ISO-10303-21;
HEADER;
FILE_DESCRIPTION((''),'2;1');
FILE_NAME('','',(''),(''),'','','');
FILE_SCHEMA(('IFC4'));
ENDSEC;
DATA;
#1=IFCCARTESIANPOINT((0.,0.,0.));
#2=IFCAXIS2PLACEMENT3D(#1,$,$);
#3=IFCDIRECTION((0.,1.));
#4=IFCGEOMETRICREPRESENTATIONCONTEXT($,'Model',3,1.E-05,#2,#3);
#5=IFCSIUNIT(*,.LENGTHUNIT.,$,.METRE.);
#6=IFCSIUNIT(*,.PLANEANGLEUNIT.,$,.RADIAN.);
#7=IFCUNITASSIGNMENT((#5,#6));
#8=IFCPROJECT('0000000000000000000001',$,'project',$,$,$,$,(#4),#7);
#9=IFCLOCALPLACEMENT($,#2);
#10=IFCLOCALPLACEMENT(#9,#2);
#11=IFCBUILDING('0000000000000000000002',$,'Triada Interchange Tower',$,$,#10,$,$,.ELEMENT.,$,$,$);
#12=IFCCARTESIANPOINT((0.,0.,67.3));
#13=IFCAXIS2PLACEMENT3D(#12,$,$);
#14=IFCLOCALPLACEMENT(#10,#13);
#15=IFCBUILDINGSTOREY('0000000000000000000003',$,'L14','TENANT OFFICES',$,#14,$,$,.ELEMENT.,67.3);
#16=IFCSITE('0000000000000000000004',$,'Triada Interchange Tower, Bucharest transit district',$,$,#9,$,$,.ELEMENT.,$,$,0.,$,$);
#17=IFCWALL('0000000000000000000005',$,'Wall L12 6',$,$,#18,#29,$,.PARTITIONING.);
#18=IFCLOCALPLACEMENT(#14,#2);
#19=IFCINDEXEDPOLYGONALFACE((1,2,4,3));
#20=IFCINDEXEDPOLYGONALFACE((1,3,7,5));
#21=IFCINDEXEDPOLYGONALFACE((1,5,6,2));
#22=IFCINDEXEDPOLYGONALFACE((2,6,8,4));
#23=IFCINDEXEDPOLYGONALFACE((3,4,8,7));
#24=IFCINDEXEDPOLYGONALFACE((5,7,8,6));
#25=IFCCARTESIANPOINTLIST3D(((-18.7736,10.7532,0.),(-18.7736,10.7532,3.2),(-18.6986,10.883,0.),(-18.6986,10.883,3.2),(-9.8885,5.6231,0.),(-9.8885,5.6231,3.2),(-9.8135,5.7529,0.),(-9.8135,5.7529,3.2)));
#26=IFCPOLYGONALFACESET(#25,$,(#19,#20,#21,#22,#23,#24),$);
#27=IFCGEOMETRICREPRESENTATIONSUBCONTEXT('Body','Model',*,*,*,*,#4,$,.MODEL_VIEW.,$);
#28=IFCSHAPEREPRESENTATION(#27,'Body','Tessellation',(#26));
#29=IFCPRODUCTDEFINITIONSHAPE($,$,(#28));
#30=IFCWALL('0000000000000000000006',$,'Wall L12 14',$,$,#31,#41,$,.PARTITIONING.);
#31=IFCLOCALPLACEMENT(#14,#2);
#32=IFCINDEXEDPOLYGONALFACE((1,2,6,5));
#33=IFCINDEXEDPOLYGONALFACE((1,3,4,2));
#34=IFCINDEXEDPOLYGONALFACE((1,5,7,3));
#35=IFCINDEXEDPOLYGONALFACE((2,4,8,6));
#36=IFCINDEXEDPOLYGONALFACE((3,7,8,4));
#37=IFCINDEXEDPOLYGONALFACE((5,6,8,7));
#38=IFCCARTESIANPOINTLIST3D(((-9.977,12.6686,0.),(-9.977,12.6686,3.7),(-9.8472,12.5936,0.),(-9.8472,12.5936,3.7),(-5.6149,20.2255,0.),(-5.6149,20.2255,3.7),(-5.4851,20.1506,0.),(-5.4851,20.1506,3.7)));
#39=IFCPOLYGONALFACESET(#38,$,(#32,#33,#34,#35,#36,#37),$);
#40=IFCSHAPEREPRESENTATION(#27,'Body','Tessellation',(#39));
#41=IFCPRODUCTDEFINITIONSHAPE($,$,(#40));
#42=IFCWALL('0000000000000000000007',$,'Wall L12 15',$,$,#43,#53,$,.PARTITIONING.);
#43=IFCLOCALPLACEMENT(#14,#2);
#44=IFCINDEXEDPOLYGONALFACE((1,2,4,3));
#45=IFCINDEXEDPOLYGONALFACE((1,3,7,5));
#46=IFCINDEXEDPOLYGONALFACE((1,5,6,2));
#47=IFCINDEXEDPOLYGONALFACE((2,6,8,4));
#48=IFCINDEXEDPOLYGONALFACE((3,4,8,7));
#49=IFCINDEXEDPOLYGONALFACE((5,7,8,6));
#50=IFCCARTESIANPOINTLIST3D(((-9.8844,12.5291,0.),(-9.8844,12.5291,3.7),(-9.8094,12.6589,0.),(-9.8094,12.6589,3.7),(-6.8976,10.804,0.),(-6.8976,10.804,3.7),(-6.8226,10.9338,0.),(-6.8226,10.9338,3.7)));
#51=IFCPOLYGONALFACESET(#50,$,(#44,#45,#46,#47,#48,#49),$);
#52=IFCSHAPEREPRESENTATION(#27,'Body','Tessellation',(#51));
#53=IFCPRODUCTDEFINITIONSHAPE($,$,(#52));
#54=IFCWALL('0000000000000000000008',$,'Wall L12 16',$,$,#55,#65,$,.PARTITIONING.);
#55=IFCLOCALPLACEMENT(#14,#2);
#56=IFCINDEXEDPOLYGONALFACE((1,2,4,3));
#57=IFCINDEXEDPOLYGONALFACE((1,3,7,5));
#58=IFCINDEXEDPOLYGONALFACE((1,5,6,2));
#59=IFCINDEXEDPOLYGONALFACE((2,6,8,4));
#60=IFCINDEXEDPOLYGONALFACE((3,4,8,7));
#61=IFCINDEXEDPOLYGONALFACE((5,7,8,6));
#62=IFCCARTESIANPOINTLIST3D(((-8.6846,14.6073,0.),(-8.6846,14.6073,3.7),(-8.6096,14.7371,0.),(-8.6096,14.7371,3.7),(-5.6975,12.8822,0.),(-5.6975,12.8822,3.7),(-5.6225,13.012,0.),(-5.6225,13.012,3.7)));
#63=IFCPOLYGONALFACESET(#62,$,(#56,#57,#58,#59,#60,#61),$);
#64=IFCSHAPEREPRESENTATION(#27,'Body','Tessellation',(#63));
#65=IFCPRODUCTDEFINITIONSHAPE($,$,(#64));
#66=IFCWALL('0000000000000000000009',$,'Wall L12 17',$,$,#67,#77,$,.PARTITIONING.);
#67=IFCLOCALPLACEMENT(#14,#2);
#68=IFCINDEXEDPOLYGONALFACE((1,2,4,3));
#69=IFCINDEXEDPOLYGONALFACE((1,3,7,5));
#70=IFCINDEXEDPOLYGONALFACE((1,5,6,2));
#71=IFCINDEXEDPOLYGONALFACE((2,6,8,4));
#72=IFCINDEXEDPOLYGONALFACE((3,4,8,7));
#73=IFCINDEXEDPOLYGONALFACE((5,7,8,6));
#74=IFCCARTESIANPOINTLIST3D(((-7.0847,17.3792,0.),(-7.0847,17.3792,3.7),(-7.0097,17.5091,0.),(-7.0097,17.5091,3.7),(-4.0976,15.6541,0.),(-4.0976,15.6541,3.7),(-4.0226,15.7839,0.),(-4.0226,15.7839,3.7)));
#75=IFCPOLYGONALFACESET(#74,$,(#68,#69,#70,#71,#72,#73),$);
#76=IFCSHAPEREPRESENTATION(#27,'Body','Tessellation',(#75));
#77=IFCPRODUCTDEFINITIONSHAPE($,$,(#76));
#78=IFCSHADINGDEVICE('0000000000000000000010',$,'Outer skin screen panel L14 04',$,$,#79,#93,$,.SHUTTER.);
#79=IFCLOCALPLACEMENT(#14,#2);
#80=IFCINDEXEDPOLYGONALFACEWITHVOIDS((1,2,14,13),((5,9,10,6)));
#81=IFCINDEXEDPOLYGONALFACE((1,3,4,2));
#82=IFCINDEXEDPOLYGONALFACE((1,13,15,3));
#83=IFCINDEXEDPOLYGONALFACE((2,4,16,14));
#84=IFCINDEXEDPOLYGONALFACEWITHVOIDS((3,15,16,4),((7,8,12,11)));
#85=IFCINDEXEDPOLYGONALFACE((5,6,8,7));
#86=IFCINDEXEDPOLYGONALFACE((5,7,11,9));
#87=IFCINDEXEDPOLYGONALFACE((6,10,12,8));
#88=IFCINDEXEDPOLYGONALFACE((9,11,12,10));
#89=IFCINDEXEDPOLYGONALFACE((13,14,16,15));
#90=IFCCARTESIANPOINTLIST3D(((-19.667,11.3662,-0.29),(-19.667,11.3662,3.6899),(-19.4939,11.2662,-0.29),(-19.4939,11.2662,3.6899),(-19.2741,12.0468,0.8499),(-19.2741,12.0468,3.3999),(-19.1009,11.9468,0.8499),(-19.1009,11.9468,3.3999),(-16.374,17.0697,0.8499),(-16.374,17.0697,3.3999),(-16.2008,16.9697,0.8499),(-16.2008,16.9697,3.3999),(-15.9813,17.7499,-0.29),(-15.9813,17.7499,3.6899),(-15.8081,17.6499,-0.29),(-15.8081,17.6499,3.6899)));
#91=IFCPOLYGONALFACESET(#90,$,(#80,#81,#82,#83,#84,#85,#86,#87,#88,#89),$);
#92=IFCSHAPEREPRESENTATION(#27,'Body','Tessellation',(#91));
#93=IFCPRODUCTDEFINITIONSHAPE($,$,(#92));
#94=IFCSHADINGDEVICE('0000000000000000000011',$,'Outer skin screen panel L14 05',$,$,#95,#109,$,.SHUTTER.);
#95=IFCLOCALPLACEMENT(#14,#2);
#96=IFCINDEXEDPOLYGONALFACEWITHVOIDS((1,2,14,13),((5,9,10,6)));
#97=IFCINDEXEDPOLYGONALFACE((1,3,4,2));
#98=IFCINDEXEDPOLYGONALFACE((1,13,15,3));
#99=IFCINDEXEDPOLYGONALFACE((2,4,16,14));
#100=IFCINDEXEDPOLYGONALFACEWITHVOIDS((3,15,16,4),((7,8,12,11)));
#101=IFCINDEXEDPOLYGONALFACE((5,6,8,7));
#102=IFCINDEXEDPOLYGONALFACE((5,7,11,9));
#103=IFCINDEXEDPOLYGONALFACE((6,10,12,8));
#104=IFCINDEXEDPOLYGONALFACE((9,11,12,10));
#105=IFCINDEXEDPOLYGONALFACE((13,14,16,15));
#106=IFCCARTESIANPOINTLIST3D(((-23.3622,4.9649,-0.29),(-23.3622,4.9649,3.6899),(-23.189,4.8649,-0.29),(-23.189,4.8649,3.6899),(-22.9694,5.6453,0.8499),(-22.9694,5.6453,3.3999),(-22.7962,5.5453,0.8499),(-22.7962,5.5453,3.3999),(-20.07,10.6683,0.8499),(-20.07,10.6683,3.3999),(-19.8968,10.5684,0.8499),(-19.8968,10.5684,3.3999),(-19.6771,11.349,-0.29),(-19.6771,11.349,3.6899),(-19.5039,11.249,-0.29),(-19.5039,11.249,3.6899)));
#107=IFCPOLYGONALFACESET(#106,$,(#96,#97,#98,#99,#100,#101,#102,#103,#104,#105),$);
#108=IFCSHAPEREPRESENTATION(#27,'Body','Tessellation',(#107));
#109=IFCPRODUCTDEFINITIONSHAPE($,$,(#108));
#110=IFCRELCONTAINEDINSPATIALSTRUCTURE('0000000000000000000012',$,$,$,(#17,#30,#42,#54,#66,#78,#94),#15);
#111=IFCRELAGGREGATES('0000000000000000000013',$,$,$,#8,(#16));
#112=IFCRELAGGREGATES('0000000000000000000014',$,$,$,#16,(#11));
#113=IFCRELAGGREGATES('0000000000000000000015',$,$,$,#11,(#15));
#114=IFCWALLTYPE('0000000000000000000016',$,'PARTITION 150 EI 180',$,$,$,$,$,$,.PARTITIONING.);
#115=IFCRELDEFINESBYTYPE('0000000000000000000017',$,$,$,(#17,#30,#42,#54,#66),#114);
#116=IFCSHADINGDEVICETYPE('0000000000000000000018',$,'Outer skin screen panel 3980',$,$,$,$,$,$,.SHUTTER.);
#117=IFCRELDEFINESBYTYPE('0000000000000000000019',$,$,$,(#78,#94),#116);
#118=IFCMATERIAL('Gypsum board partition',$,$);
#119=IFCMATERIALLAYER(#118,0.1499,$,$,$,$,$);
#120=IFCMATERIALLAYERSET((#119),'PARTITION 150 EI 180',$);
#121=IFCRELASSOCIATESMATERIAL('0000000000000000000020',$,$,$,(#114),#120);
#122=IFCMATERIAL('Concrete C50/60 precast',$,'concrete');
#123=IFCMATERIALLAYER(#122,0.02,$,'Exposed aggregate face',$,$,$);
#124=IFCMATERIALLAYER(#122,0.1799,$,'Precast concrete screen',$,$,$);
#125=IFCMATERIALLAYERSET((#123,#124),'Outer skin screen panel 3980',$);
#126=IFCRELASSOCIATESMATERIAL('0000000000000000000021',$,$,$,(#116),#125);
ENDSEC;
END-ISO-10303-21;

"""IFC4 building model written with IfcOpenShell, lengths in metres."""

from ifc_helpers import new_model, si_unit, direction, frame, frame_2d, origin, place, context, subcontext, project, spatial, polyline, rectangle, outline, extrude, material, layer, layer_set, type_object, element, save


model = new_model("IFC4")

# Units and contexts
model_context = context("Model", 3, precision=1e-05, world=origin(), true_north=direction((0.0, 1.0)))
body_context = subcontext(model_context, "Body", "Model", "MODEL_VIEW")
ifc_project = project(units=[si_unit("LENGTHUNIT", "METRE"), si_unit("PLANEANGLEUNIT", "RADIAN")], contexts=[model_context])

# Site, building, storey
site_placement = place(None, origin())
site = spatial("IfcSite", under=ifc_project, at=site_placement, Name="Triada Interchange Tower, Bucharest transit district", CompositionType="ELEMENT", RefElevation=0.0)
building_placement = place(site_placement, origin())
building = spatial("IfcBuilding", under=site, at=building_placement, Name="Triada Interchange Tower", CompositionType="ELEMENT")
storey_placement = place(building_placement, frame((0.0, 0.0, 67.3)))
storey = spatial("IfcBuildingStorey", under=building, at=storey_placement, Name="L14", Description="TENANT OFFICES", CompositionType="ELEMENT", Elevation=67.3)

# Walls
ifc_material_1 = material(Name="Gypsum board partition")
ifc_layer_1 = layer(ifc_material_1, 0.1499)
ifc_layer_set_1 = layer_set([ifc_layer_1], Name="PARTITION 150 EI 180")
wall_type_1 = type_object("IfcWallType", Name="PARTITION 150 EI 180", PredefinedType="PARTITIONING", material=ifc_layer_set_1)
wall_1_placement = place(storey_placement, frame((-18.7361, 10.8181, 0.0), z_axis=(0.0, 0.0, 1.0), x_axis=(0.86601, -0.500027, 0.0)))
element("IfcWall", 1, at=wall_1_placement, inside=storey, type_object=wall_type_1, Name="Wall L12 6", PredefinedType="PARTITIONING", context=body_context, shape_type="SweptSolid", body=[
    extrude(rectangle(XDim=10.2598, YDim=0.1499, at=frame_2d((5.1299, 0.0))), origin(), (0.0, 0.0, 1.0), 3.2),
])
wall_2_placement = place(storey_placement, frame((-9.9121, 12.6311, 0.0), z_axis=(0.0, 0.0, 1.0), x_axis=(0.499922, 0.866071, 0.0)))
element("IfcWall", 2, at=wall_2_placement, inside=storey, type_object=wall_type_1, Name="Wall L12 14", PredefinedType="PARTITIONING", context=body_context, shape_type="SweptSolid", body=[
    extrude(rectangle(XDim=8.7256, YDim=0.1499, at=frame_2d((4.3628, 0.0))), origin(), (0.0, 0.0, 1.0), 3.7),
])
wall_3_placement = place(storey_placement, frame((-9.8469, 12.594, 0.0), z_axis=(0.0, 0.0, 1.0), x_axis=(0.865943, -0.500143, 0.0)))
element("IfcWall", 3, at=wall_3_placement, inside=storey, type_object=wall_type_1, Name="Wall L12 15", PredefinedType="PARTITIONING", context=body_context, shape_type="SweptSolid", body=[
    extrude(rectangle(XDim=3.4492, YDim=0.1499, at=frame_2d((1.7246, 0.0))), origin(), (0.0, 0.0, 1.0), 3.7),
])
for number, where, z_axis, x_axis, name in (
    (4, (-8.647, 14.6721, 0.0), (0.0, 0.0, 1.0), (0.86596, -0.500113, 0.0), "Wall L12 16"),
    (5, (-7.0471, 17.4441, 0.0), (0.0, 0.0, 1.0), (0.86596, -0.500113, 0.0), "Wall L12 17"),
):
    element("IfcWall", number, at=place(storey_placement, frame(where, z_axis=z_axis, x_axis=x_axis)), inside=storey, type_object=wall_type_1, Name=name, PredefinedType="PARTITIONING", context=body_context, shape_type="SweptSolid", body=[
        extrude(rectangle(XDim=3.4495, YDim=0.1499, at=frame_2d((1.7246, 0.0))), origin(), (0.0, 0.0, 1.0), 3.7),
    ])

# Shading devices
ifc_material_2 = material(Name="Concrete C50/60 precast", Category="concrete")
ifc_layer_2 = layer(ifc_material_2, 0.02, Name="Exposed aggregate face")
ifc_layer_3 = layer(ifc_material_2, 0.1799, Name="Precast concrete screen")
ifc_layer_set_2 = layer_set([ifc_layer_2, ifc_layer_3], Name="Outer skin screen panel 3980")
shading_device_type = type_object("IfcShadingDeviceType", Name="Outer skin screen panel 3980", PredefinedType="SHUTTER", material=ifc_layer_set_2)
shading_device_1_placement = place(storey_placement, frame((-15.8081, 17.6499, -0.29), z_axis=(0.0, 0.0, 1.0), x_axis=(-0.500011, -0.866019, 0.0)))
element("IfcShadingDevice", 6, at=shading_device_1_placement, inside=storey, type_object=shading_device_type, Name="Outer skin screen panel L14 04", PredefinedType="SHUTTER", context=body_context, shape_type="SweptSolid", body=[
    extrude(outline(polyline([(0.0, 0.0), (7.3713, 0.0), (7.3713, 3.98), (0.0, 3.98), (0.0, 0.0)]), holes=[polyline([(0.7854, 1.1399), (0.7854, 3.6899), (6.5854, 3.6899), (6.5854, 1.1399), (0.7854, 1.1399)])]), frame((0.0, 0.0, 0.0), z_axis=(0.0, -1.0, 0.0), x_axis=(1.0, 0.0, 0.0)), (0.0, 0.0, 1.0), 0.2),
])
shading_device_2_placement = place(storey_placement, frame((-19.5039, 11.249, -0.29), z_axis=(0.0, 0.0, 1.0), x_axis=(-0.499922, -0.86607, 0.0)))
element("IfcShadingDevice", 7, at=shading_device_2_placement, inside=storey, type_object=shading_device_type, Name="Outer skin screen panel L14 05", PredefinedType="SHUTTER", context=body_context, shape_type="SweptSolid", body=[
    extrude(outline(polyline([(0.0, 0.0), (7.3713, 0.0), (7.3713, 3.98), (0.0, 3.98), (0.0, 0.0)]), holes=[polyline([(0.7859, 1.1399), (0.7859, 3.6899), (6.5857, 3.6899), (6.5857, 1.1399), (0.7859, 1.1399)])]), frame((0.0, 0.0, 0.0), z_axis=(0.0, -1.0, 0.0), x_axis=(1.0, 0.0, 0.0)), (0.0, 0.0, 1.0), 0.2),
])

save(model, "model.ifc")
